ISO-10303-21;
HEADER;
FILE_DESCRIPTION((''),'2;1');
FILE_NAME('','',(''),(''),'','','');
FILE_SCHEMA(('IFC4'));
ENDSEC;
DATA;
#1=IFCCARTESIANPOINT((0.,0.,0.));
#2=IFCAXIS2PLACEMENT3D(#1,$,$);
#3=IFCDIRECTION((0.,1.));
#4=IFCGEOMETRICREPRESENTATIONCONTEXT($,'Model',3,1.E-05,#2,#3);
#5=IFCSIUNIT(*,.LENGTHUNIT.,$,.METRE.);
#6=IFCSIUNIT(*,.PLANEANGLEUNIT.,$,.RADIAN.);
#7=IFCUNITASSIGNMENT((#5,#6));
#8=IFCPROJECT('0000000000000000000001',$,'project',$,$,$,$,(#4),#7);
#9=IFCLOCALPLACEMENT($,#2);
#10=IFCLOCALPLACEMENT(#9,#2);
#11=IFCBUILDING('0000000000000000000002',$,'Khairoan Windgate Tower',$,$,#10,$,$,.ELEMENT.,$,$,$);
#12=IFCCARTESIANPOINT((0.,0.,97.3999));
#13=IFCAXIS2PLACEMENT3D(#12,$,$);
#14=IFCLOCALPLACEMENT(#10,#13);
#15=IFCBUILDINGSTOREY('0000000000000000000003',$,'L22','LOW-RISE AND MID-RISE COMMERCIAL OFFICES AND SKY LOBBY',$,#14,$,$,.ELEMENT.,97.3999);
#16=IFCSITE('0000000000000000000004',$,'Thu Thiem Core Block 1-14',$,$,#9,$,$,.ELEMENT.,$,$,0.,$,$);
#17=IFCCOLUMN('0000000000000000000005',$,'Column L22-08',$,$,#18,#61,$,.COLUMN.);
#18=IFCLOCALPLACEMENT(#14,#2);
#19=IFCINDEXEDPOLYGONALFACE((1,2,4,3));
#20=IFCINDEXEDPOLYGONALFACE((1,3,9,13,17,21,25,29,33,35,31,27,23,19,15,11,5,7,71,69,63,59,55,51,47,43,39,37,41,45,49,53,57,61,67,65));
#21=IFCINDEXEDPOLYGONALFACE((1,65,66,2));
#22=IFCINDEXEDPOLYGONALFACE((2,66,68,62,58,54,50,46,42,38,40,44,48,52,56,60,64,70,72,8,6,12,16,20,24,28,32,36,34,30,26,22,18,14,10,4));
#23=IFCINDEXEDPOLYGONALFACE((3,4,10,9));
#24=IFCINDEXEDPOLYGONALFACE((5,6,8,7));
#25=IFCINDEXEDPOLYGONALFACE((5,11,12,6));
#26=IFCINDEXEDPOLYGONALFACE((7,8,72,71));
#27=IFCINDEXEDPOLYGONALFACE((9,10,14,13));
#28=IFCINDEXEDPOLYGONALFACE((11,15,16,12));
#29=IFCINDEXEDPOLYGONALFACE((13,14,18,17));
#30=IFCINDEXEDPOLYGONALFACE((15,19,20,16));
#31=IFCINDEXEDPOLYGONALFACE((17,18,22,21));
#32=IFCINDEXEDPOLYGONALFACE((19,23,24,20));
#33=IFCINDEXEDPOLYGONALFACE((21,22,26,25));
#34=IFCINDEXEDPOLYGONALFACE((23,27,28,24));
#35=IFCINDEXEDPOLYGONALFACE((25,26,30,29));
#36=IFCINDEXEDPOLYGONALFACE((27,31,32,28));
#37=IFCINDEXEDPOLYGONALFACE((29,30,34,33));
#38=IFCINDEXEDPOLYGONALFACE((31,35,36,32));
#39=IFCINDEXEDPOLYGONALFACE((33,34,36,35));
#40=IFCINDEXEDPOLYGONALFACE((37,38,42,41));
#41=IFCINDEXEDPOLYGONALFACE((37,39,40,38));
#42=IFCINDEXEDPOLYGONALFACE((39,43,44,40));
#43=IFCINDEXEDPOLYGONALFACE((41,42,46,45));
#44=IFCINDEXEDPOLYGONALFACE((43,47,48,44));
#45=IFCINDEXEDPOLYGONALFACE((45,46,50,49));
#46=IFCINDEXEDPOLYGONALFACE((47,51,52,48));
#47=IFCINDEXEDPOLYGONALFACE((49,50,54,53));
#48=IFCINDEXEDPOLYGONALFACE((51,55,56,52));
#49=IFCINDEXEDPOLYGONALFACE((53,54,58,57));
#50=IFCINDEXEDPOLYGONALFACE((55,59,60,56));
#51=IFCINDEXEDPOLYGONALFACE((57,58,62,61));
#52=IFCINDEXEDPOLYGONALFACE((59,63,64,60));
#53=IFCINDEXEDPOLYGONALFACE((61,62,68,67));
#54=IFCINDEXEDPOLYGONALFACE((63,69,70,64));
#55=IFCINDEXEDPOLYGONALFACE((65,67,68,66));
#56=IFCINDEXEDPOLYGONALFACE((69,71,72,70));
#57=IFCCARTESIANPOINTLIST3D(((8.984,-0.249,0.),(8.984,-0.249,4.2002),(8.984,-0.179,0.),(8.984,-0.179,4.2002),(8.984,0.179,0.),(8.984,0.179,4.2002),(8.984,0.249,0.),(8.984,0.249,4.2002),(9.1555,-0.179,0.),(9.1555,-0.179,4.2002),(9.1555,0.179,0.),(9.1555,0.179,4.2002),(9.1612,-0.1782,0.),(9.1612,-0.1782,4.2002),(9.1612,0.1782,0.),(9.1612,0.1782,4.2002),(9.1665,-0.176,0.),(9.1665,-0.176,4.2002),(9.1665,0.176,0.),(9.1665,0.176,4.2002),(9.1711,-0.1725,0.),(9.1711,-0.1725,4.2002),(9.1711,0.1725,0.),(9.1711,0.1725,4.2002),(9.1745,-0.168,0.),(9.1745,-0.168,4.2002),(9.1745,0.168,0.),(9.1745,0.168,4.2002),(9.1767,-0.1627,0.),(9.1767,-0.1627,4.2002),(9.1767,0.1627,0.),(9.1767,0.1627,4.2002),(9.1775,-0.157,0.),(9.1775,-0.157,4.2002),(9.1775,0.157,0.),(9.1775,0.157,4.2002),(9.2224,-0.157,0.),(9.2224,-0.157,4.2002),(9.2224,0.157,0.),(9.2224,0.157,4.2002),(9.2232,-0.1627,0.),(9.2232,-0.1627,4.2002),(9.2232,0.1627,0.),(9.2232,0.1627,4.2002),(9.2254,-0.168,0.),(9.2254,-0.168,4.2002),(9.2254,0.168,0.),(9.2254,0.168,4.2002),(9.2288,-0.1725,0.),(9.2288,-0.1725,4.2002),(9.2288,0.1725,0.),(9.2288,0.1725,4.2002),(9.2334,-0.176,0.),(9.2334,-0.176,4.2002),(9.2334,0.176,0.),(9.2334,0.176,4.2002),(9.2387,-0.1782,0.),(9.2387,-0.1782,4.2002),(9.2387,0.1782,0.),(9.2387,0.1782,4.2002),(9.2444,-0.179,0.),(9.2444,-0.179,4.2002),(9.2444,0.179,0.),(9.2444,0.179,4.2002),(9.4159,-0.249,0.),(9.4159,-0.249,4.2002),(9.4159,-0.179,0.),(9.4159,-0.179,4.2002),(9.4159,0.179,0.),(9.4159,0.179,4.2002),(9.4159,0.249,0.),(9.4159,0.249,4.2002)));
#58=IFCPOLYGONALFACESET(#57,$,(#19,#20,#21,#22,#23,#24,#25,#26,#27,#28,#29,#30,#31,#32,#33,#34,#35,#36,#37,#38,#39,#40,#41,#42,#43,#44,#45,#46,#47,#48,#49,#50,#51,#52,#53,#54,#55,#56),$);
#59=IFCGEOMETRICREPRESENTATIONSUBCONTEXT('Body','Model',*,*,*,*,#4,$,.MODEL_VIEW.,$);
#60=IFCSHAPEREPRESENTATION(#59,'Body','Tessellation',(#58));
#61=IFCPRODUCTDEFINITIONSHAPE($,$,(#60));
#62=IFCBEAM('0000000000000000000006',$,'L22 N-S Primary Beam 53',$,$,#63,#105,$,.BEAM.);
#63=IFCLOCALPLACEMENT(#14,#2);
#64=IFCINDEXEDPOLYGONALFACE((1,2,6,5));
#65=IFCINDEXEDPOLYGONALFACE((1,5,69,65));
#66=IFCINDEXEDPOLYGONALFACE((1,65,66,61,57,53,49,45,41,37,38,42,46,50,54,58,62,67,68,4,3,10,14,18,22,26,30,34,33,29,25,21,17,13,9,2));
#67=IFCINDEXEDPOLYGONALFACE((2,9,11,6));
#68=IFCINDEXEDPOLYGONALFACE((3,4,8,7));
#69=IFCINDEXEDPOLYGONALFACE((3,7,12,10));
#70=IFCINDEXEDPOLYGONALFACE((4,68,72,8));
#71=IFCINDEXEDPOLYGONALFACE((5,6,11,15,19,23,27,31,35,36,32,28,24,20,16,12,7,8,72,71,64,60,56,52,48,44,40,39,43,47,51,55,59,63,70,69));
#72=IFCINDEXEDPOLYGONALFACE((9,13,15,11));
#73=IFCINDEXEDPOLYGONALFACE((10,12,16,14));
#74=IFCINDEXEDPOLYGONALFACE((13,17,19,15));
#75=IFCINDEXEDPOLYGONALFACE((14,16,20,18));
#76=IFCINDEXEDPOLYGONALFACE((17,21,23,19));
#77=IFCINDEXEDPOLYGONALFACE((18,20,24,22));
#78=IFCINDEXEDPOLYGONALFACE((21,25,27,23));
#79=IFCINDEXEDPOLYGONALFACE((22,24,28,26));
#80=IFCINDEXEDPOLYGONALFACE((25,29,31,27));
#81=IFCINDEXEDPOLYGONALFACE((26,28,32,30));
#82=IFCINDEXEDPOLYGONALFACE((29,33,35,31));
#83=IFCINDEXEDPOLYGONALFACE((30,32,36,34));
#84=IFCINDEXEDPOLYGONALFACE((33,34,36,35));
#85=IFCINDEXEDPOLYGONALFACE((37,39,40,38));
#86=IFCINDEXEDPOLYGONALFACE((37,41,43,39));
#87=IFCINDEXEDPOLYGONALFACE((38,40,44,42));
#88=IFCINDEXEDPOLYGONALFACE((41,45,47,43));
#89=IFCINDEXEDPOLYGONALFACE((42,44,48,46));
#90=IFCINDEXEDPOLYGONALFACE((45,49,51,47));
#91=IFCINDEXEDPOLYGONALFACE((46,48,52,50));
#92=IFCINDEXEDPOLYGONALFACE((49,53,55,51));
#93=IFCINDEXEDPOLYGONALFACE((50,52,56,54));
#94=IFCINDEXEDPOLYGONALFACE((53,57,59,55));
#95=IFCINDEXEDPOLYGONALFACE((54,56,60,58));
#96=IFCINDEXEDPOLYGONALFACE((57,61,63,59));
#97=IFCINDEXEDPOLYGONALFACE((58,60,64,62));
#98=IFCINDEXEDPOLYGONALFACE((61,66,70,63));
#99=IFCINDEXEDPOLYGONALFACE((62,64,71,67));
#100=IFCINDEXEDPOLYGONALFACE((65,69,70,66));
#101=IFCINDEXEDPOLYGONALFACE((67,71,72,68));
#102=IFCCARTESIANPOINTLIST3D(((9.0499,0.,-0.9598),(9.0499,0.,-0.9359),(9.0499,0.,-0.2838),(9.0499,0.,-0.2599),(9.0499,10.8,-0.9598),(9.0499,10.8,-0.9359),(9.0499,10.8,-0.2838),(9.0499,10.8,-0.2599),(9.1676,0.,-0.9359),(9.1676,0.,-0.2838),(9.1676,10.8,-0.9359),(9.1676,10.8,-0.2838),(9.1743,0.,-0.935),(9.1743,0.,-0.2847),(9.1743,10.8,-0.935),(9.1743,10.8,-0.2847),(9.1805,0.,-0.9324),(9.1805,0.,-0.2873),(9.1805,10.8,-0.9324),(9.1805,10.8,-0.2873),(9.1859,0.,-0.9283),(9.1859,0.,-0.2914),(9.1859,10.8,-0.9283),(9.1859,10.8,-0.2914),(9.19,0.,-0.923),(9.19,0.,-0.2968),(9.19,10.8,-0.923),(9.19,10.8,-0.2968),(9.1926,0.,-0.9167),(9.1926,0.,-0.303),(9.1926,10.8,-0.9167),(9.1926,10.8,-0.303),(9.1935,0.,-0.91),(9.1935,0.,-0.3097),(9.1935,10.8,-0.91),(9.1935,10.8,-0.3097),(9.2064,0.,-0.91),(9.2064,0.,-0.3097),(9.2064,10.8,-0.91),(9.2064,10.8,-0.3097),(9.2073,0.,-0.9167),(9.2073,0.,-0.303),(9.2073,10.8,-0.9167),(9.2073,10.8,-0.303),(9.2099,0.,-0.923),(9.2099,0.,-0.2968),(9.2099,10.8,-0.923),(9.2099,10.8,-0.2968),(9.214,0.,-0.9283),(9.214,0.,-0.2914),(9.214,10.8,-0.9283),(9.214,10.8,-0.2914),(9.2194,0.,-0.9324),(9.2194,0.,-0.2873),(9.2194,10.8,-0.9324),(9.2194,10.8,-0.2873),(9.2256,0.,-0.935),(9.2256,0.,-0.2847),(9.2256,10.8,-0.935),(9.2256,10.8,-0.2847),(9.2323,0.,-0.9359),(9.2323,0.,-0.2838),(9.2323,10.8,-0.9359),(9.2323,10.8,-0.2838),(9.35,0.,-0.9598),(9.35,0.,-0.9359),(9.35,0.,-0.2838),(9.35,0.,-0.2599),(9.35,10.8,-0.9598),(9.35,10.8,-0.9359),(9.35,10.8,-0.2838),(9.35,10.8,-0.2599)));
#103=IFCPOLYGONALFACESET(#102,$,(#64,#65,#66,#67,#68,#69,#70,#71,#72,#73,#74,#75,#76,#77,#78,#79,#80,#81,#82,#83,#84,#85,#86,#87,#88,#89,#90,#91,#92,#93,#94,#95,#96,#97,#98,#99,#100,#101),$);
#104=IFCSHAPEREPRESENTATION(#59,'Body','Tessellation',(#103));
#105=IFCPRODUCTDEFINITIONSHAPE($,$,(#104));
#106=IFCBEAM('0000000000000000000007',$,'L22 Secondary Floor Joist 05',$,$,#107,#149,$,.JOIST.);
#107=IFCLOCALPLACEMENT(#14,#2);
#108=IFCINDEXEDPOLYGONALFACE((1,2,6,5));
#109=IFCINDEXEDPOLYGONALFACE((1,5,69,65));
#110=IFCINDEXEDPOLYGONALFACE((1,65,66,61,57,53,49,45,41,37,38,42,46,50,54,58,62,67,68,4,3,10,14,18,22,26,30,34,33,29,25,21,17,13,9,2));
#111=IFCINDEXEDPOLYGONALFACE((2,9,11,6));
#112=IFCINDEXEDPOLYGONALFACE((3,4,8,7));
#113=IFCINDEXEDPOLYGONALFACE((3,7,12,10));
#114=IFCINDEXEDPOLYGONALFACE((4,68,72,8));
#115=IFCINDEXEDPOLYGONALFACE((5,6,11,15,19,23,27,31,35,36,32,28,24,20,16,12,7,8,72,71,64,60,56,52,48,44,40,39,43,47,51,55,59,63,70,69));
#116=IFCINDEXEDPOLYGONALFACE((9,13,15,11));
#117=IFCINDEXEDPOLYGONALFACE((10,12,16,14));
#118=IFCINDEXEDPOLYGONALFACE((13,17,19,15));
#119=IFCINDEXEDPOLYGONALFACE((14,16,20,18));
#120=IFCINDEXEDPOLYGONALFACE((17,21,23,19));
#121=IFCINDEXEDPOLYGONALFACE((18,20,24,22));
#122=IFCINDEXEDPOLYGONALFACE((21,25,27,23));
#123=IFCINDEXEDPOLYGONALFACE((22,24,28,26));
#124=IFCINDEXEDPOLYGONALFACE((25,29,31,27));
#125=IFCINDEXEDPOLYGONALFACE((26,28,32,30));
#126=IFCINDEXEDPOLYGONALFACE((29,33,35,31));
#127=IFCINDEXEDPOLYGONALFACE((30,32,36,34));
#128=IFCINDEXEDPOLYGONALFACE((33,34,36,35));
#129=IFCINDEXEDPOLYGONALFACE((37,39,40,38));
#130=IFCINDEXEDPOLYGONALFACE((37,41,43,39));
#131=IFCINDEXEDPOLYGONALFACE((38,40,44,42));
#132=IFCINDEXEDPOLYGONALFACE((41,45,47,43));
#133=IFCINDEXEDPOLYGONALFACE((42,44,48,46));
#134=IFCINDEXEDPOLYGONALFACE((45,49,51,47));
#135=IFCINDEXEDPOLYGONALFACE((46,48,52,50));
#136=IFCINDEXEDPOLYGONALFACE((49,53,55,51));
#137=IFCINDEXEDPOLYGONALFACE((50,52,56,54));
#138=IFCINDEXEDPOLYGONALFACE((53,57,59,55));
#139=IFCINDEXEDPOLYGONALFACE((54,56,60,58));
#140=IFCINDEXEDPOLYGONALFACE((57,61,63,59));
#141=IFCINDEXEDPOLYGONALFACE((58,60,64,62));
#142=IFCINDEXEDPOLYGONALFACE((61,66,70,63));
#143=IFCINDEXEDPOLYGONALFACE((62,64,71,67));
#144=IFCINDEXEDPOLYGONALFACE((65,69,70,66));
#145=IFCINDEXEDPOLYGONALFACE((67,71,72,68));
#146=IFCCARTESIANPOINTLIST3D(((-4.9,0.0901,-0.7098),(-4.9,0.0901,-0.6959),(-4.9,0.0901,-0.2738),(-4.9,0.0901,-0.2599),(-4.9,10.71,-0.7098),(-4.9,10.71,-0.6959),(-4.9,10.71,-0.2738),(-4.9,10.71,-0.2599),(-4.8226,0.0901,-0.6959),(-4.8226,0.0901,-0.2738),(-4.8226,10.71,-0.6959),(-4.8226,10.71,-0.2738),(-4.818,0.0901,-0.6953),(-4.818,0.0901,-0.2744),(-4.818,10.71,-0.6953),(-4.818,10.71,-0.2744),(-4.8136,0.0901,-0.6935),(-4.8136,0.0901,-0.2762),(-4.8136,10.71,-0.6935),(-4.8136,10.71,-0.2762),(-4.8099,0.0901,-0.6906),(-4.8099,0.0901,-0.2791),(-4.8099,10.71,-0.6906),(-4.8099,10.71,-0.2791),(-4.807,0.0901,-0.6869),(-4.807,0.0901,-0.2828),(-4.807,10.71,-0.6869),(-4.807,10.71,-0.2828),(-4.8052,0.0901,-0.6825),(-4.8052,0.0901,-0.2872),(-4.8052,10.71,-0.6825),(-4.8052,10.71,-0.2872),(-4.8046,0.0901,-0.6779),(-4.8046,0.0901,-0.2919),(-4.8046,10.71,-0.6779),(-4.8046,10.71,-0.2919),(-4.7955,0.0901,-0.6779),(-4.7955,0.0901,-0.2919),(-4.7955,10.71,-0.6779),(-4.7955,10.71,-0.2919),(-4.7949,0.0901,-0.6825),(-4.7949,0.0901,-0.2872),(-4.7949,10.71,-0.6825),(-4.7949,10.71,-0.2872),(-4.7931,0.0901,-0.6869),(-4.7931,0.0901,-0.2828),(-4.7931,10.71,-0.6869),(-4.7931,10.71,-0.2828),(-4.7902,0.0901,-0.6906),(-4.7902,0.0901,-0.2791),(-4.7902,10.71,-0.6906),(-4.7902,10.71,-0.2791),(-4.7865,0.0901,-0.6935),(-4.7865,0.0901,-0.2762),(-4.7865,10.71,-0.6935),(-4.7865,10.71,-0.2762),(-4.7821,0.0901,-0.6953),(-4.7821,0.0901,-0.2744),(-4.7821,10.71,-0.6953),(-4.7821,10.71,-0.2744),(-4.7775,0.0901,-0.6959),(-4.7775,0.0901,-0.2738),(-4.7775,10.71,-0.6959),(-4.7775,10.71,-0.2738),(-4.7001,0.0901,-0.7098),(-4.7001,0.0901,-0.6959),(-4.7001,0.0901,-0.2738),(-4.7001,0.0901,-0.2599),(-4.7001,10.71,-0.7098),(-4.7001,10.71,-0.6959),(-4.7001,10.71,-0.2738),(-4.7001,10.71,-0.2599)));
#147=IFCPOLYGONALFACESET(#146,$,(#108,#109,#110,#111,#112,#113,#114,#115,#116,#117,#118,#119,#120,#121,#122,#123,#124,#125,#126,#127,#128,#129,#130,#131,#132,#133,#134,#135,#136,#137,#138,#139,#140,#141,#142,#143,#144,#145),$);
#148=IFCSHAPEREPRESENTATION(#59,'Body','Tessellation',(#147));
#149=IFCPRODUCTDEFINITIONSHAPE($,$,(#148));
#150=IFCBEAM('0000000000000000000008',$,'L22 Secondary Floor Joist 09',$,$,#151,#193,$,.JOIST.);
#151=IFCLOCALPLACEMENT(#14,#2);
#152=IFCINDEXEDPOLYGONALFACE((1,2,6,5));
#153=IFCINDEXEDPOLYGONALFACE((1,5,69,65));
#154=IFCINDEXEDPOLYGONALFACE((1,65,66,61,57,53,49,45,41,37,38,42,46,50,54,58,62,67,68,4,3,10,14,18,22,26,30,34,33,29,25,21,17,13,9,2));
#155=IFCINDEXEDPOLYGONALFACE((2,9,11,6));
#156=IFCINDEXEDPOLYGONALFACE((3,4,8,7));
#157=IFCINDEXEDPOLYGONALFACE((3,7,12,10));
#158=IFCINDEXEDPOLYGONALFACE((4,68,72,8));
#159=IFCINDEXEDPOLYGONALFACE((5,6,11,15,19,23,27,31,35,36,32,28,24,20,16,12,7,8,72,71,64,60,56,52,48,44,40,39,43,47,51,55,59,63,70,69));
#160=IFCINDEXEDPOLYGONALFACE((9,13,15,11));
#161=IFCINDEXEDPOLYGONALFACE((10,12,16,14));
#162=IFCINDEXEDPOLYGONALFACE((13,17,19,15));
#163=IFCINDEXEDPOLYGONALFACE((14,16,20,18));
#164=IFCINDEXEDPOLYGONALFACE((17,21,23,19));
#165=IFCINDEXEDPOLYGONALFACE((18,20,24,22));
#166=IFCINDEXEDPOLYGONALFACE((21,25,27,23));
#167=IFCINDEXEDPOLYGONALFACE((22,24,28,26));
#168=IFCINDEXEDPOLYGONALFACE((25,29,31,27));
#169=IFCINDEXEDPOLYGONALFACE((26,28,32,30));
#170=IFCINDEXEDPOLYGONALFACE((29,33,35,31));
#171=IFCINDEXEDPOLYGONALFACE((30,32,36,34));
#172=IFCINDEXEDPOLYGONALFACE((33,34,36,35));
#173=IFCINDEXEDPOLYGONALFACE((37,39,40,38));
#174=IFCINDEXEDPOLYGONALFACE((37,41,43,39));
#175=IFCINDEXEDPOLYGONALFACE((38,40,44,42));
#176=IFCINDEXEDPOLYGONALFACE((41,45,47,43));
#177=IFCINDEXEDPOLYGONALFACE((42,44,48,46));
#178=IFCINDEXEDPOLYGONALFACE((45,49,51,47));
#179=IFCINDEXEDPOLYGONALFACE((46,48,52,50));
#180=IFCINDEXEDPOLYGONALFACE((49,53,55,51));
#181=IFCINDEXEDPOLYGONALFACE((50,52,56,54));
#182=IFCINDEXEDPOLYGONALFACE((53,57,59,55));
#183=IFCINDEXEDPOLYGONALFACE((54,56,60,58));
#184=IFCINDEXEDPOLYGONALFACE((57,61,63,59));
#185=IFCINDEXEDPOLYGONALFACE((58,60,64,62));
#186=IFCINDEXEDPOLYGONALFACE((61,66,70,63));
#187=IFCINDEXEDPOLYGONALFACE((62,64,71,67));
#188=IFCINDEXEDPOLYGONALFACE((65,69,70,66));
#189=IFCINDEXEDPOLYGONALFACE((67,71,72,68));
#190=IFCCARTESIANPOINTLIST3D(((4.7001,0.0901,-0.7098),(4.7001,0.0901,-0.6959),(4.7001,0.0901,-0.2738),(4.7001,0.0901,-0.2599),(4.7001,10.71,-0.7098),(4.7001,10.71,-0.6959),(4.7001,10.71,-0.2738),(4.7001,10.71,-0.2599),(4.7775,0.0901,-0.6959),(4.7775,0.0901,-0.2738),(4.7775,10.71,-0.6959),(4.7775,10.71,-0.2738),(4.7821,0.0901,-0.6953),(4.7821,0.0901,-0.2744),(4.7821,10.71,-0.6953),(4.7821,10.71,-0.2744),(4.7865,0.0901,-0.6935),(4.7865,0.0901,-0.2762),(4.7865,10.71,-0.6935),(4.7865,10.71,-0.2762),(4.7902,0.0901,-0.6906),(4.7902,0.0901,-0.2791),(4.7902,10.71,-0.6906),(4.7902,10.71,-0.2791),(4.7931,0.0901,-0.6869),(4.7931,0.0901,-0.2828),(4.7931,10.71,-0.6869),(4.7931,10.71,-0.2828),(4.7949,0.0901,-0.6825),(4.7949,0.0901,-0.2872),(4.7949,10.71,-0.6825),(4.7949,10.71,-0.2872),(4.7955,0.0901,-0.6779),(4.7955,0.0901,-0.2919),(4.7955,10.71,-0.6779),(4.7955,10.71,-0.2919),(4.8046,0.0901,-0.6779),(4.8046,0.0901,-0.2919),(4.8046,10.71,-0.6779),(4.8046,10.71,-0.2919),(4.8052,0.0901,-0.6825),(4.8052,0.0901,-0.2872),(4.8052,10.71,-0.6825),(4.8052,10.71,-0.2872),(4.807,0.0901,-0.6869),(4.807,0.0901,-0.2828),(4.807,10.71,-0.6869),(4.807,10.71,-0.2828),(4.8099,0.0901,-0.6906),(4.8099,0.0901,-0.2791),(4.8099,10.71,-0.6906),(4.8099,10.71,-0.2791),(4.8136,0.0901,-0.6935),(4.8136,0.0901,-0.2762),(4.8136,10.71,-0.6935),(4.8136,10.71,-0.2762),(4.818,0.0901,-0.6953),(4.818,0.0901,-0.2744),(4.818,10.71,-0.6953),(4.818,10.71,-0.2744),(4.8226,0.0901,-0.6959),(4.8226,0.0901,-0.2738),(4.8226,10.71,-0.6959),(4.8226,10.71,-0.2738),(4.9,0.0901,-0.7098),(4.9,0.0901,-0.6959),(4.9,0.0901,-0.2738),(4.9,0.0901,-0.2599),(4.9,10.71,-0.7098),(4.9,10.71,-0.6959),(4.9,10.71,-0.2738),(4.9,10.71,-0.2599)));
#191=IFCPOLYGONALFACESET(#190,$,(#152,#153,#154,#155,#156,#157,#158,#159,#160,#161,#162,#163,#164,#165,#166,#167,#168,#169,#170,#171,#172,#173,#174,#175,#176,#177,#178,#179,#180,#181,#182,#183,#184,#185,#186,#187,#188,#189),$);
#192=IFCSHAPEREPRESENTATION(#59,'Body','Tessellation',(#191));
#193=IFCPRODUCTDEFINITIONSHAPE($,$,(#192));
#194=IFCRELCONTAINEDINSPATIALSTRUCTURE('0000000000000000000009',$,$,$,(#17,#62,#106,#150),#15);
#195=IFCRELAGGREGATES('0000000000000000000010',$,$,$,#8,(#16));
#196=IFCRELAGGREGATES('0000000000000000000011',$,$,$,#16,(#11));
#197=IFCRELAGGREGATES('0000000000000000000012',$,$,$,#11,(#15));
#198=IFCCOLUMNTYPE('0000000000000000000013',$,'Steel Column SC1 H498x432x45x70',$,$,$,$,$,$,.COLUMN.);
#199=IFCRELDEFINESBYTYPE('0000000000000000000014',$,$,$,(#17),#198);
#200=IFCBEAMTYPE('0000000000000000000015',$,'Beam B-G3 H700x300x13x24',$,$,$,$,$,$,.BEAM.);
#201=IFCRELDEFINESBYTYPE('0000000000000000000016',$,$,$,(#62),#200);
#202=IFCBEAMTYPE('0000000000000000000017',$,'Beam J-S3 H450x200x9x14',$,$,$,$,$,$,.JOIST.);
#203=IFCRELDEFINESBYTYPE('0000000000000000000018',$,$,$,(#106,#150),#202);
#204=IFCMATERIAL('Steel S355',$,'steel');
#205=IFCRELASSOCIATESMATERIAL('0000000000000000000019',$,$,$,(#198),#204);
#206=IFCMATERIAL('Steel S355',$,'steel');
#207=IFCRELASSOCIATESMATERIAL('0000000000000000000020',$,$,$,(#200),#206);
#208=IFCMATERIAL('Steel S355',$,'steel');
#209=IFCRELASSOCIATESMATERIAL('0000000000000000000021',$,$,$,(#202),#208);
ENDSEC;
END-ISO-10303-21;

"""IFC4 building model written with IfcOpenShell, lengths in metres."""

from ifc_helpers import new_model, si_unit, direction, frame, origin, origin_2d, place, context, subcontext, project, spatial, i_section, extrude, material, material_profile, profile_set, type_object, element, save


model = new_model("IFC4")

# Units and contexts
model_context = context("Model", 3, precision=1e-05, world=origin(), true_north=direction((0.0, 1.0)))
body_context = subcontext(model_context, "Body", "Model", "MODEL_VIEW")
ifc_project = project(units=[si_unit("LENGTHUNIT", "METRE"), si_unit("PLANEANGLEUNIT", "RADIAN")], contexts=[model_context])

# Site, building, storey
site_placement = place(None, origin())
site = spatial("IfcSite", under=ifc_project, at=site_placement, Name="Thu Thiem Core Block 1-14", CompositionType="ELEMENT", RefElevation=0.0)
building_placement = place(site_placement, origin())
building = spatial("IfcBuilding", under=site, at=building_placement, Name="Khairoan Windgate Tower", CompositionType="ELEMENT")
storey_placement = place(building_placement, frame((0.0, 0.0, 97.3999)))
storey = spatial("IfcBuildingStorey", under=building, at=storey_placement, Name="L22", Description="LOW-RISE AND MID-RISE COMMERCIAL OFFICES AND SKY LOBBY", CompositionType="ELEMENT", Elevation=97.3999)

# Column
ifc_material_1 = material(Name="Steel S355", Category="steel")
ifc_material_profile_1 = material_profile(ifc_material_1, i_section(OverallWidth=0.4319, OverallDepth=0.498, WebThickness=0.0449, FlangeThickness=0.0701, FilletRadius=0.022, at=origin_2d()))
ifc_profile_set_1 = profile_set([ifc_material_profile_1], Name="Steel S355")
column_type = type_object("IfcColumnType", Name="Steel Column SC1 H498x432x45x70", PredefinedType="COLUMN", material=ifc_profile_set_1)
column_placement = place(storey_placement, frame((9.2, 0.0, 0.0), z_axis=(0.0, 0.0, 1.0), x_axis=(1.0, 0.0, 0.0)))
element("IfcColumn", 1, at=column_placement, inside=storey, type_object=column_type, Name="Column L22-08", PredefinedType="COLUMN", context=body_context, shape_type="SweptSolid", body=[
    extrude(i_section(OverallWidth=0.4319, OverallDepth=0.498, WebThickness=0.0449, FlangeThickness=0.0701, FilletRadius=0.022, at=origin_2d()), origin(), (0.0, 0.0, 1.0), 4.2002),
])

# Beams
ifc_material_2 = material(Name="Steel S355", Category="steel")
ifc_material_profile_2 = material_profile(ifc_material_2, i_section(OverallWidth=0.3, OverallDepth=0.7, WebThickness=0.0129, FlangeThickness=0.0239, FilletRadius=0.0259, at=origin_2d()))
ifc_profile_set_2 = profile_set([ifc_material_profile_2], Name="Steel S355")
beam_type_1 = type_object("IfcBeamType", Name="Beam B-G3 H700x300x13x24", PredefinedType="BEAM", material=ifc_profile_set_2)
beam_placement = place(storey_placement, frame((9.2, 0.0, -0.6099), z_axis=(0.0, 1.0, 0.0), x_axis=(-1.0, 0.0, 0.0)))
element("IfcBeam", 2, at=beam_placement, inside=storey, type_object=beam_type_1, Name="L22 N-S Primary Beam 53", PredefinedType="BEAM", context=body_context, shape_type="SweptSolid", body=[
    extrude(i_section(OverallWidth=0.3, OverallDepth=0.7, WebThickness=0.0129, FlangeThickness=0.0239, FilletRadius=0.0259, at=origin_2d()), origin(), (0.0, 0.0, 1.0), 10.8),
])
ifc_material_3 = material(Name="Steel S355", Category="steel")
ifc_material_profile_3 = material_profile(ifc_material_3, i_section(OverallWidth=0.2, OverallDepth=0.45, WebThickness=0.009, FlangeThickness=0.0139, FilletRadius=0.0181, at=origin_2d()))
ifc_profile_set_3 = profile_set([ifc_material_profile_3], Name="Steel S355")
beam_type_2 = type_object("IfcBeamType", Name="Beam J-S3 H450x200x9x14", PredefinedType="JOIST", material=ifc_profile_set_3)
for number, where, z_axis, x_axis, name in (
    (3, (-4.8, 0.0901, -0.4849), (0.0, 1.0, 0.0), (-1.0, 0.0, 0.0), "L22 Secondary Floor Joist 05"),
    (4, (4.8, 0.0901, -0.4849), (0.0, 1.0, 0.0), (-1.0, 0.0, 0.0), "L22 Secondary Floor Joist 09"),
):
    element("IfcBeam", number, at=place(storey_placement, frame(where, z_axis=z_axis, x_axis=x_axis)), inside=storey, type_object=beam_type_2, Name=name, PredefinedType="JOIST", context=body_context, shape_type="SweptSolid", body=[
        extrude(i_section(OverallWidth=0.2, OverallDepth=0.45, WebThickness=0.009, FlangeThickness=0.0139, FilletRadius=0.0181, at=origin_2d()), origin(), (0.0, 0.0, 1.0), 10.6199),
    ])

save(model, "model.ifc")
